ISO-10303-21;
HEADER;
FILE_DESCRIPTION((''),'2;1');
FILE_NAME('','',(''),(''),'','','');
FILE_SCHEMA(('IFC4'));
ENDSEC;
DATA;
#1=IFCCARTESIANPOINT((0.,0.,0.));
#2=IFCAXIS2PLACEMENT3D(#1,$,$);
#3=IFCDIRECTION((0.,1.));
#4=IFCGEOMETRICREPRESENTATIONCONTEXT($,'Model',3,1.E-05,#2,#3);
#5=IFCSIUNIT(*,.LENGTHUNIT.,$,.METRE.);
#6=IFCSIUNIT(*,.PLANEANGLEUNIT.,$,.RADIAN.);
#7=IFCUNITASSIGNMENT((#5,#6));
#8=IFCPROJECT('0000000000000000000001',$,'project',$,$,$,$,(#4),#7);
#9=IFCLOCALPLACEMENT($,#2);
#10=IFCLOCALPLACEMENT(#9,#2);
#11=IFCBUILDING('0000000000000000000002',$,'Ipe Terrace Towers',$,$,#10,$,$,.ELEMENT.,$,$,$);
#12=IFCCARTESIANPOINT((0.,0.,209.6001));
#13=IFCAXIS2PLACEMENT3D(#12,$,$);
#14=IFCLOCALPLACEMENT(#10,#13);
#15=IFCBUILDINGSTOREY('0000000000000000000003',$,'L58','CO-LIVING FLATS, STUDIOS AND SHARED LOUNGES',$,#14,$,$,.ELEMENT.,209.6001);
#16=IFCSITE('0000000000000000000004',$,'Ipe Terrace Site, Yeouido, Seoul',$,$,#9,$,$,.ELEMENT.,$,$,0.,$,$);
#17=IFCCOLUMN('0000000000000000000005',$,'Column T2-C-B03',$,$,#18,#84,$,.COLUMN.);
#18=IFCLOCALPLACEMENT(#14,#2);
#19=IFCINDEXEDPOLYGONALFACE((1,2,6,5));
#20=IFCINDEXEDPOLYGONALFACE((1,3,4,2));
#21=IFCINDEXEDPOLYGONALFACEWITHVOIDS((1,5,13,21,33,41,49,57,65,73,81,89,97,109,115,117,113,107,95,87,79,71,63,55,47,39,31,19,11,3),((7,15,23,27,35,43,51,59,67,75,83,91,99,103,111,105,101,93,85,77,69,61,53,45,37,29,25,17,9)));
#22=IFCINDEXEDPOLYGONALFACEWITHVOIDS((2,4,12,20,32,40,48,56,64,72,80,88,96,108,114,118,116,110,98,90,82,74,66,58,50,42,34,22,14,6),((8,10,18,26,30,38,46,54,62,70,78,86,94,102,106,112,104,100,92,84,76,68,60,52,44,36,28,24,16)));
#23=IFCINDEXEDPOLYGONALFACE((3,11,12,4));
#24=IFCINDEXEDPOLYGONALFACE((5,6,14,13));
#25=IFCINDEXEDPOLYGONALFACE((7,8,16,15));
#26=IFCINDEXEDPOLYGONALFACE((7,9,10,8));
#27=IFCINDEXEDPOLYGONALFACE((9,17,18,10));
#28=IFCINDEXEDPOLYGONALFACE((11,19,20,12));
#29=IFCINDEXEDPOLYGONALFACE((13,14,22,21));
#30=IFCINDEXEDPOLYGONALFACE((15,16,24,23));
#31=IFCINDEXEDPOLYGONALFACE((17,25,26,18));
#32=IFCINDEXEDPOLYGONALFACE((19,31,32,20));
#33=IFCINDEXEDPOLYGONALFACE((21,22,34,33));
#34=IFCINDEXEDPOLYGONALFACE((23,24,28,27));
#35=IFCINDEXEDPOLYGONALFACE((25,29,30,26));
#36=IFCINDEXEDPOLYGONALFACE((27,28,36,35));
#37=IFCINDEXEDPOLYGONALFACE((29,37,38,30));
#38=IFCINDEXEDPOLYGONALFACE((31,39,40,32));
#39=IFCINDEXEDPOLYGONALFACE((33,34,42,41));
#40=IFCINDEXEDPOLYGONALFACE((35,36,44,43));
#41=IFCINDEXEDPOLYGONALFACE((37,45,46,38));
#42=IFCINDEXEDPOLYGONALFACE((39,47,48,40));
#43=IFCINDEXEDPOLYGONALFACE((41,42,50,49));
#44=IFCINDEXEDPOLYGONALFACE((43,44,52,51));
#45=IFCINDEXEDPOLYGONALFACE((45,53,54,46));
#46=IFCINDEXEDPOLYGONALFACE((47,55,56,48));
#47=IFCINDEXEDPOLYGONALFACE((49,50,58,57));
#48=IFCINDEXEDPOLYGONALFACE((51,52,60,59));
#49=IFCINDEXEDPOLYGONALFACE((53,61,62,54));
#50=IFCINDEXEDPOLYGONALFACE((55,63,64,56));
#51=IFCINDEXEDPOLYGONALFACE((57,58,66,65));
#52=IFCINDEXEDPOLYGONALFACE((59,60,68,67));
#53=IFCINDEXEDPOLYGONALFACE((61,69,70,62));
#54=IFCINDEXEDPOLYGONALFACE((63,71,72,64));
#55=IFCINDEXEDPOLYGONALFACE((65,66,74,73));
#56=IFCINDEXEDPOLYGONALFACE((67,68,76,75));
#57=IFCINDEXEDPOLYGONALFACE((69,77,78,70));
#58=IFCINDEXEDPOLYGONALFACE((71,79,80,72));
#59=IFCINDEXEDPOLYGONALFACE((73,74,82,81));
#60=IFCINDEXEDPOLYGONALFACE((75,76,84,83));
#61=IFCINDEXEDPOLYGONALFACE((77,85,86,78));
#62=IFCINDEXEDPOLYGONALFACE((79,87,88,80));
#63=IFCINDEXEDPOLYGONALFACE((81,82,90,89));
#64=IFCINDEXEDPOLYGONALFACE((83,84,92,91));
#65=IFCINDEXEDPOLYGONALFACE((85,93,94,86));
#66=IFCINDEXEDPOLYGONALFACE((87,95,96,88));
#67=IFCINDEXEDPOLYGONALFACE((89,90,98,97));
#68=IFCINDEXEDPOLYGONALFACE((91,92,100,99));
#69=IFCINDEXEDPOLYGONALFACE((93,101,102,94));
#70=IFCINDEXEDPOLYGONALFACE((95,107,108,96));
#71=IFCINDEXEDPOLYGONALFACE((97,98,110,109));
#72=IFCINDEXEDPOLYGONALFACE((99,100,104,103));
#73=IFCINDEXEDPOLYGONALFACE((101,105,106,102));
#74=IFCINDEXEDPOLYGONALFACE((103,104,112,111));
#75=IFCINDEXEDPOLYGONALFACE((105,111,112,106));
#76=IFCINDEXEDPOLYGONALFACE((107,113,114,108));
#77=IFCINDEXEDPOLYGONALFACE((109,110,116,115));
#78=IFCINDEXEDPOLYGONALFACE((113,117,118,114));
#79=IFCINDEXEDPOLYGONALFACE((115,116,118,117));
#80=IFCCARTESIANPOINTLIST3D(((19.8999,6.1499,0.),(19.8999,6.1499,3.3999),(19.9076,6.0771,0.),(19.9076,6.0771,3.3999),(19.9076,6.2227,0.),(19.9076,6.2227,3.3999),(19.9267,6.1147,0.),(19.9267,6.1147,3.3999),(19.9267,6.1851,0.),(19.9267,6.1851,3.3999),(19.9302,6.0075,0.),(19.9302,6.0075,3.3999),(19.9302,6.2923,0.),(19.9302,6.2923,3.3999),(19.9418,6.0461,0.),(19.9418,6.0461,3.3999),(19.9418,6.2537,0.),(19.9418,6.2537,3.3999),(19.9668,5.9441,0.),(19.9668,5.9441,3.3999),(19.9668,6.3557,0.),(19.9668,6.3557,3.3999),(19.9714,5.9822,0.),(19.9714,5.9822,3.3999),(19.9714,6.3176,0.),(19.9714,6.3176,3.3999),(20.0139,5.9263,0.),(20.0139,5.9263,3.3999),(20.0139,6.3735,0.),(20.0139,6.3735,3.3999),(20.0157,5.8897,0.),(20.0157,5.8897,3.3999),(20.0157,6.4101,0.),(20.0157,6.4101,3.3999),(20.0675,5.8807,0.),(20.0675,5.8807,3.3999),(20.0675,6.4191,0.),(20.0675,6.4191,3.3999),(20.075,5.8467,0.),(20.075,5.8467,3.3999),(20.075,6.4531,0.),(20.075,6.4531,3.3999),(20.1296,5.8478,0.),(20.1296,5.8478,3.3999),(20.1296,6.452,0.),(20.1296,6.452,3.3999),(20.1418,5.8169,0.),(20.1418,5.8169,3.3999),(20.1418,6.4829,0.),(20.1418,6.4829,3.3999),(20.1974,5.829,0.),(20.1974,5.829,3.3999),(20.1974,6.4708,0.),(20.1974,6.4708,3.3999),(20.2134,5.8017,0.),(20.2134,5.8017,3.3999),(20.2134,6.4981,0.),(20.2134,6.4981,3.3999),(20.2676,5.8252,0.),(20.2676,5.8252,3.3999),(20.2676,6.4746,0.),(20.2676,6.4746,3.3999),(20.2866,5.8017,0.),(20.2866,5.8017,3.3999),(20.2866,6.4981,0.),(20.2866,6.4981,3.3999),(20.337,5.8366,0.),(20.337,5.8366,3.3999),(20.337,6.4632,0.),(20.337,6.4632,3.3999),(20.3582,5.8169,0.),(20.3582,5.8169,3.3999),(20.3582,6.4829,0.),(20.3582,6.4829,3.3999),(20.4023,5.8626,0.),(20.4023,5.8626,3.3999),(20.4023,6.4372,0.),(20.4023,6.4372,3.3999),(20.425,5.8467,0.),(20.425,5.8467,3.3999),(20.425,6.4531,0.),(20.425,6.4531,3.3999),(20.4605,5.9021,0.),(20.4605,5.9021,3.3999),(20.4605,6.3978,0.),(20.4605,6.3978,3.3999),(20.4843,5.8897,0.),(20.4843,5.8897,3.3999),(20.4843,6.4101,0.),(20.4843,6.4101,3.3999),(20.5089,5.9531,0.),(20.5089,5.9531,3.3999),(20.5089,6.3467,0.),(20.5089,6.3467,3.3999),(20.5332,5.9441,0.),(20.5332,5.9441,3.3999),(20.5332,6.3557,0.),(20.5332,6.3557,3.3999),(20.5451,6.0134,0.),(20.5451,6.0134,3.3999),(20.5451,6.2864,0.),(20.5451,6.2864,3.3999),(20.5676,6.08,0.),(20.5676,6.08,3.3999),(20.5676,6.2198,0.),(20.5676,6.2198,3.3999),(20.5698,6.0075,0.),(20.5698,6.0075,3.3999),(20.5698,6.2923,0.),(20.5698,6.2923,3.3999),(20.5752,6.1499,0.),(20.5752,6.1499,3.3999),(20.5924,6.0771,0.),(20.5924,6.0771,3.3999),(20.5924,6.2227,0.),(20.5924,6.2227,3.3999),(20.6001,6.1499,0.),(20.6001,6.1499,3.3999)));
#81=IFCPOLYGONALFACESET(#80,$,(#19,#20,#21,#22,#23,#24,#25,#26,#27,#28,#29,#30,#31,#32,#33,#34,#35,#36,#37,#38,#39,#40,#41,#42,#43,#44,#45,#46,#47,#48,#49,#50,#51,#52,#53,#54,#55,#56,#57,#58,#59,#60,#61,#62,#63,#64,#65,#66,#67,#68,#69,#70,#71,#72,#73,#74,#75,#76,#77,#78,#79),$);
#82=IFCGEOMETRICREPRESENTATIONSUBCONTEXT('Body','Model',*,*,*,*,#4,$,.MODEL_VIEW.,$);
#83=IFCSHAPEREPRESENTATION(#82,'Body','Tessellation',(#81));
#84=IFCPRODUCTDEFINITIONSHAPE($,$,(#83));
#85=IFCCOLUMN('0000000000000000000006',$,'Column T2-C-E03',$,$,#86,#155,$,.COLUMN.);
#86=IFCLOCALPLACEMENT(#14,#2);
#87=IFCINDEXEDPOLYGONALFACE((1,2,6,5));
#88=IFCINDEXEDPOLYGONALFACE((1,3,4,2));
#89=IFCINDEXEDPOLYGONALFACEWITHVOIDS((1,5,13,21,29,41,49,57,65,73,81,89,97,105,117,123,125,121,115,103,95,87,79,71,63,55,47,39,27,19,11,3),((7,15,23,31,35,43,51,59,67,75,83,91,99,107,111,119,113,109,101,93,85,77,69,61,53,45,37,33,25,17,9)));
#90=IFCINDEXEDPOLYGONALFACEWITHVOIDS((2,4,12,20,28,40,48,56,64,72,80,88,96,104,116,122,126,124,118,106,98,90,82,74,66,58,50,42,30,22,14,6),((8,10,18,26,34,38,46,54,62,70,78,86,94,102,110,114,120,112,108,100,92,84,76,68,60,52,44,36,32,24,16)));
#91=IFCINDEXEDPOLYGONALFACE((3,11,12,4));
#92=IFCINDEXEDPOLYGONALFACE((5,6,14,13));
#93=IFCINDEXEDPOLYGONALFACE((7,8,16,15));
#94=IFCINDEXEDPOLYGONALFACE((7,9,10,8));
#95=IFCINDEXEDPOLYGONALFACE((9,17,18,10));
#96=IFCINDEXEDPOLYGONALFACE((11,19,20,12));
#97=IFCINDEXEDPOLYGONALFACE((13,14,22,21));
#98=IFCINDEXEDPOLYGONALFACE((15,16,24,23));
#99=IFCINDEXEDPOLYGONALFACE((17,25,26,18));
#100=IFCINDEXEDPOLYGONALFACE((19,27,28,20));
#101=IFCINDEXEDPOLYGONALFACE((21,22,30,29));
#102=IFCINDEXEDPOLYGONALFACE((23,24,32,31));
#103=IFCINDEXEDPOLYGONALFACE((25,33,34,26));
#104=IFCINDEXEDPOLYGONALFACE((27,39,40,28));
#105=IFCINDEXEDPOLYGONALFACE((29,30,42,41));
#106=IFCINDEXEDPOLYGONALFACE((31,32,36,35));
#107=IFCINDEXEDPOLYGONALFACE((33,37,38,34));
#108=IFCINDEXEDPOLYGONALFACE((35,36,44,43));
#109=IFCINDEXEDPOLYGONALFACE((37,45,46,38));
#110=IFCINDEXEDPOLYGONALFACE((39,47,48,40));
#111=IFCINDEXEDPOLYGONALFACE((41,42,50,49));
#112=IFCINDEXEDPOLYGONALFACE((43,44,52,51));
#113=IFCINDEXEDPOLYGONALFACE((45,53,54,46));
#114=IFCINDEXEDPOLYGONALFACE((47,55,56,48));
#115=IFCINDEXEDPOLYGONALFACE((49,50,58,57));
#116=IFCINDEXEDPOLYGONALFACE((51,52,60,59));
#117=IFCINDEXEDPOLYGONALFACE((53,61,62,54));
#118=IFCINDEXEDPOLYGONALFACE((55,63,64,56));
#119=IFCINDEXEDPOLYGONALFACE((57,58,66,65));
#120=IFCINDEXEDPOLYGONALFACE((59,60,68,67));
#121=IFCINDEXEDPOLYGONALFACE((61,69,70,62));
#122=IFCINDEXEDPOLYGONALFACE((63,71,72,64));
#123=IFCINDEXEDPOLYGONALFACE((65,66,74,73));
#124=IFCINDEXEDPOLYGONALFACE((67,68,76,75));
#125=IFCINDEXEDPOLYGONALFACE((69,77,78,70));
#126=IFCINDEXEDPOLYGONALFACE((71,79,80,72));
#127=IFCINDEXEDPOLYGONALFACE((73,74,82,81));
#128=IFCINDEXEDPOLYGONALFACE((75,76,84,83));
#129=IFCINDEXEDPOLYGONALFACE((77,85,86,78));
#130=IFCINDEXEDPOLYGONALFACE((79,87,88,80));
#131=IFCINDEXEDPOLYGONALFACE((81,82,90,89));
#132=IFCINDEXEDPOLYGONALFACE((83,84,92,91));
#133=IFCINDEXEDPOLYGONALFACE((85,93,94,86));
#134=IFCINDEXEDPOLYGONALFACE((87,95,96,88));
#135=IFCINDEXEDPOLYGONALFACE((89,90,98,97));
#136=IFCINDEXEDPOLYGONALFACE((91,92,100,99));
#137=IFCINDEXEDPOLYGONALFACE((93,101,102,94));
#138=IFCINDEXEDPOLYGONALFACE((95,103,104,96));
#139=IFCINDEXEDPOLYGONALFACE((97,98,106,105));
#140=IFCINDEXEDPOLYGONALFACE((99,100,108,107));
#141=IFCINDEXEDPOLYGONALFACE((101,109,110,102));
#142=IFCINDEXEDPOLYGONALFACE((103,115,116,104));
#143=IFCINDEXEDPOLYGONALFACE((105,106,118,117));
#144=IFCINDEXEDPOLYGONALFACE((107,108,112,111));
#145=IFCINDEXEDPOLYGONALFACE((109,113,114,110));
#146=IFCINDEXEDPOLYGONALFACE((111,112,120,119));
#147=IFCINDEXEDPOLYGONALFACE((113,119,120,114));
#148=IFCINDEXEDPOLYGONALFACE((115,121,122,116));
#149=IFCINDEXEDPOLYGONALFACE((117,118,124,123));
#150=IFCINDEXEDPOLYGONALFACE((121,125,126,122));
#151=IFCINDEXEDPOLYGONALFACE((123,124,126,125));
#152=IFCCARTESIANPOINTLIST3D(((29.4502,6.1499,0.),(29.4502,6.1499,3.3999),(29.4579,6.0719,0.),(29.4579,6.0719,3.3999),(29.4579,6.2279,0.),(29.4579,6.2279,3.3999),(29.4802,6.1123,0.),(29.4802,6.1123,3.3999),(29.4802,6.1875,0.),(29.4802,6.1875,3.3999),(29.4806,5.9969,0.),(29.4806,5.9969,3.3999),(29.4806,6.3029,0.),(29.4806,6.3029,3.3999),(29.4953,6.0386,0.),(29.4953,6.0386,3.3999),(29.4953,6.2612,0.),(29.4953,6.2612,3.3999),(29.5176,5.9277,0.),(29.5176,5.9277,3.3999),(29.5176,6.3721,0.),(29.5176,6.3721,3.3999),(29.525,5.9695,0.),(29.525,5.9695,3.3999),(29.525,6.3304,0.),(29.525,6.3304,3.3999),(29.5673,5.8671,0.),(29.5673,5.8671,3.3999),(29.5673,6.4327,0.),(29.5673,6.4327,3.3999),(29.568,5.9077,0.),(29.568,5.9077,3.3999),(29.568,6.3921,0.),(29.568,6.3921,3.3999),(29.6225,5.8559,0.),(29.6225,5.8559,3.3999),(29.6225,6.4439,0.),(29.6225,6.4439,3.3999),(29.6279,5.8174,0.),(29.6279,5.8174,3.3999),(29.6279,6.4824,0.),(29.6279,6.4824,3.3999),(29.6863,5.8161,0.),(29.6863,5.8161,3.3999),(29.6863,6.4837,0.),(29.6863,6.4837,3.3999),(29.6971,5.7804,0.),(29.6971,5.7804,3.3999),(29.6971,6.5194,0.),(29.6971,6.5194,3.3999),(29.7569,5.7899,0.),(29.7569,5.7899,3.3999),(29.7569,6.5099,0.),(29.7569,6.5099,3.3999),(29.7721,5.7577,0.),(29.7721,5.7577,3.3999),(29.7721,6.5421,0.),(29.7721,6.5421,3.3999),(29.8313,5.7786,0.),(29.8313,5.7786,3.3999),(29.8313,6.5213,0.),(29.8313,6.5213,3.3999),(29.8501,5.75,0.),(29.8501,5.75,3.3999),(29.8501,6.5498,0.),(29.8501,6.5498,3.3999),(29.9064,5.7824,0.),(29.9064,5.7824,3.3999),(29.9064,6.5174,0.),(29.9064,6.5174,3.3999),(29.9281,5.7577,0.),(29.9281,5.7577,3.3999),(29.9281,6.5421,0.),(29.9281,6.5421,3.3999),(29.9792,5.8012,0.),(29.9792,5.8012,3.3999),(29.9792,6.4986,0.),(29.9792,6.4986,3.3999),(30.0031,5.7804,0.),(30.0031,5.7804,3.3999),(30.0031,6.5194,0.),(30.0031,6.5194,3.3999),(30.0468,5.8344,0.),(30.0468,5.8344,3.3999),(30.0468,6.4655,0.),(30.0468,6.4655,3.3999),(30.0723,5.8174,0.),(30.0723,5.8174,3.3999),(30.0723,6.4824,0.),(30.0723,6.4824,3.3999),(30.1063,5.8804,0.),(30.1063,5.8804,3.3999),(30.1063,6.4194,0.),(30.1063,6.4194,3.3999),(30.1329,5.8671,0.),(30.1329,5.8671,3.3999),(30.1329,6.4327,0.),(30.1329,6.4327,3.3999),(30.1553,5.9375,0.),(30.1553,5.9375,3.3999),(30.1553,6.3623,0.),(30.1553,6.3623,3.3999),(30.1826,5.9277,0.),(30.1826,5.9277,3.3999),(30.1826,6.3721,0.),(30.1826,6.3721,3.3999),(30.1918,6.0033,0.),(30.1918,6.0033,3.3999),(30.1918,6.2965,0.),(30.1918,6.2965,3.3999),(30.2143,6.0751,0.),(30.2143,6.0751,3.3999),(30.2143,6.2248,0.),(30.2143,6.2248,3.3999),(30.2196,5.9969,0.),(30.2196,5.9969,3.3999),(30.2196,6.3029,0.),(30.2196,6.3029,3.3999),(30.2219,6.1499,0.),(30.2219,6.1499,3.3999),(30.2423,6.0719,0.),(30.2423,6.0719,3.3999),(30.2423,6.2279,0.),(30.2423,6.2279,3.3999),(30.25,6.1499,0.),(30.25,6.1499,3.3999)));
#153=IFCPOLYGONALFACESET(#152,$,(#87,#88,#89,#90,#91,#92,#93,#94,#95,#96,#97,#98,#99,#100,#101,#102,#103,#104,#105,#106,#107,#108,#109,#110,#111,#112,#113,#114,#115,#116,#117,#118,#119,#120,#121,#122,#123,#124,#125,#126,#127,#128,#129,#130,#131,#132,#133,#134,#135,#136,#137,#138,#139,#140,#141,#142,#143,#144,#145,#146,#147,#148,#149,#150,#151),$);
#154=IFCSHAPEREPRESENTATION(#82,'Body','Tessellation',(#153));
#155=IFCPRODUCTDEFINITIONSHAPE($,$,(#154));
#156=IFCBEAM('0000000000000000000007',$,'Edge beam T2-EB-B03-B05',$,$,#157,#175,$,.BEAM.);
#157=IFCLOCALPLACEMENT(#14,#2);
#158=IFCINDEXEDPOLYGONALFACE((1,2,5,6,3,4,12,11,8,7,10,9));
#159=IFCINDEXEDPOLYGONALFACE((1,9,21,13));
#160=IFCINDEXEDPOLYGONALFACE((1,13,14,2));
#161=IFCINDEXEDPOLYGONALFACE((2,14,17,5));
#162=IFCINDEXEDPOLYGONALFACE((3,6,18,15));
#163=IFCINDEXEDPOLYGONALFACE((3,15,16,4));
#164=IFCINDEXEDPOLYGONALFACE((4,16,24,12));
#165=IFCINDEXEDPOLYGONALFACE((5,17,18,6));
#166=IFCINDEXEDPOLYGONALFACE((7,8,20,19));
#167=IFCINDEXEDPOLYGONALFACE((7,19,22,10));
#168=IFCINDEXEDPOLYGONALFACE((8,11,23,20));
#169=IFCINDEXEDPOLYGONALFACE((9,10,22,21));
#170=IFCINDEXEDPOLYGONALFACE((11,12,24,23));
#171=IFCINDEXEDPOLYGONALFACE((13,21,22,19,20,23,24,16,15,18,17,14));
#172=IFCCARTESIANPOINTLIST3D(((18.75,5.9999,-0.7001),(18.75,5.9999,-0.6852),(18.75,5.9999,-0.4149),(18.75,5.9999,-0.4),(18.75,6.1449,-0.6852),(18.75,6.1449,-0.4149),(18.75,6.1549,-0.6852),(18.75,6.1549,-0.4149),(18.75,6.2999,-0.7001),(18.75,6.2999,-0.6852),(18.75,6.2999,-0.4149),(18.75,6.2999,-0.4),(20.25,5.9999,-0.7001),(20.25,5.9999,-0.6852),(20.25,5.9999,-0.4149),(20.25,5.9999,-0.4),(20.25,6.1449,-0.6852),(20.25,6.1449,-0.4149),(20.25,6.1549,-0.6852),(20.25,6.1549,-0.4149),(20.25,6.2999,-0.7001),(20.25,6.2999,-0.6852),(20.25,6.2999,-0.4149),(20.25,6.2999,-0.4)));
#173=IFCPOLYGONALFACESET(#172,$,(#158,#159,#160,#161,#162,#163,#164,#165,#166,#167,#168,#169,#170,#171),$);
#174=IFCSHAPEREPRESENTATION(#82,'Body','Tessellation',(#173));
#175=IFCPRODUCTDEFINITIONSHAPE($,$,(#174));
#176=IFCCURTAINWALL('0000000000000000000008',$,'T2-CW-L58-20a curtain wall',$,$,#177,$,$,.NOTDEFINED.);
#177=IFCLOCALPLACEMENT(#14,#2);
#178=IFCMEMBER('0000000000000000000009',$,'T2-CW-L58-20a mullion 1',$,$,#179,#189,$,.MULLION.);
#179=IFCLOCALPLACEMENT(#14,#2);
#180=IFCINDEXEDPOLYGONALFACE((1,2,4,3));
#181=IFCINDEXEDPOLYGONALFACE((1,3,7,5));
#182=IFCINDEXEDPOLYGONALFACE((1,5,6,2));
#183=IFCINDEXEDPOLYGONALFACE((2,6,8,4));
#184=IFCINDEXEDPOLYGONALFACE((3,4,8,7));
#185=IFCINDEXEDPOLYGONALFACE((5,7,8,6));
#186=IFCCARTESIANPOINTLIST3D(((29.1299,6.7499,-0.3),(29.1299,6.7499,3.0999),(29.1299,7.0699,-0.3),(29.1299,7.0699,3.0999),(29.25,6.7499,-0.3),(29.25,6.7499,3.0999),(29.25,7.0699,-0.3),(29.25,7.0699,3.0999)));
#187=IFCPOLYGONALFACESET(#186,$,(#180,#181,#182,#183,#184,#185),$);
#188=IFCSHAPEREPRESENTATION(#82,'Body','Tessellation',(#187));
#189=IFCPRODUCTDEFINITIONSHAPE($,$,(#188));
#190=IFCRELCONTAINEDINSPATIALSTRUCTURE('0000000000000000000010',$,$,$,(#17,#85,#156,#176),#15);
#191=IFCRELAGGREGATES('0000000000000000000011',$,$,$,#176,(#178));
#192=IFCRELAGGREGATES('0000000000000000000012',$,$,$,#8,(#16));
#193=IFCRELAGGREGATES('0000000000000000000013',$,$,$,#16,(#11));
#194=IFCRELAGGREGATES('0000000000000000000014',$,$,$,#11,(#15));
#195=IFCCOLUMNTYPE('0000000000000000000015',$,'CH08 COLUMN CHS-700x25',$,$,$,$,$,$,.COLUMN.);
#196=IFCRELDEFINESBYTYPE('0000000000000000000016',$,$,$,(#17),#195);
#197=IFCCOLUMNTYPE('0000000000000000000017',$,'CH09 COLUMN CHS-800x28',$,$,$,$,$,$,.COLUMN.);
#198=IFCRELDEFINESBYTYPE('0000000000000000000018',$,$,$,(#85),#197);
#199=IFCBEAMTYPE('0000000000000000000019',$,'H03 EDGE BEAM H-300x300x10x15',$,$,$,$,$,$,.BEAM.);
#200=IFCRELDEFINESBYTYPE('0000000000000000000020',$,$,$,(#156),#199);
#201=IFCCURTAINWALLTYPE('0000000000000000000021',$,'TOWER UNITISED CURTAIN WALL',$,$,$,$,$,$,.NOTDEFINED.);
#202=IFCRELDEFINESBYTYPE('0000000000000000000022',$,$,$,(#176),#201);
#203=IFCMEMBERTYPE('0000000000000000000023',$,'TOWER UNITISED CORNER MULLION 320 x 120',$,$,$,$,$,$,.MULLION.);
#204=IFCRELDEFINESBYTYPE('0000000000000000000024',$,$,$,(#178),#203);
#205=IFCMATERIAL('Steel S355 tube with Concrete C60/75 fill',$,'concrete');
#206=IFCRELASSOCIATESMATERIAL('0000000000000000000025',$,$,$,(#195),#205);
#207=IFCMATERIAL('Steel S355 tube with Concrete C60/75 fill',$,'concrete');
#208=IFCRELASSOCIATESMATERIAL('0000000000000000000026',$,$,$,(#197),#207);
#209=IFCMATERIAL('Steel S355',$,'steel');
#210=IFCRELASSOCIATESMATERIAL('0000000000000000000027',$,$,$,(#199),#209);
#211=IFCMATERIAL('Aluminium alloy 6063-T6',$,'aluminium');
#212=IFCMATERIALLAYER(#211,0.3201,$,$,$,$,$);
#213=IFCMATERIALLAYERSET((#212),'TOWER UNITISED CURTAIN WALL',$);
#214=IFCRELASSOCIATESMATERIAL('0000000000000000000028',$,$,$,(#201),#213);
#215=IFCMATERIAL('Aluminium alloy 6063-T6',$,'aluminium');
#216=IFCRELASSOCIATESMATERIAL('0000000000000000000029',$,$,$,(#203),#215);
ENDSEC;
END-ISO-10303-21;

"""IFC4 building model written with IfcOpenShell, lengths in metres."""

from ifc_helpers import new_model, si_unit, direction, frame, origin, origin_2d, place, context, subcontext, project, spatial, rectangle, hollow_circle, i_section, extrude, material, layer, layer_set, material_profile, profile_set, type_object, element, aggregate, save


model = new_model("IFC4")

# Units and contexts
model_context = context("Model", 3, precision=1e-05, world=origin(), true_north=direction((0.0, 1.0)))
body_context = subcontext(model_context, "Body", "Model", "MODEL_VIEW")
ifc_project = project(units=[si_unit("LENGTHUNIT", "METRE"), si_unit("PLANEANGLEUNIT", "RADIAN")], contexts=[model_context])

# Site, building, storey
site_placement = place(None, origin())
site = spatial("IfcSite", under=ifc_project, at=site_placement, Name="Ipe Terrace Site, Yeouido, Seoul", CompositionType="ELEMENT", RefElevation=0.0)
building_placement = place(site_placement, origin())
building = spatial("IfcBuilding", under=site, at=building_placement, Name="Ipe Terrace Towers", CompositionType="ELEMENT")
storey_placement = place(building_placement, frame((0.0, 0.0, 209.6001)))
storey = spatial("IfcBuildingStorey", under=building, at=storey_placement, Name="L58", Description="CO-LIVING FLATS, STUDIOS AND SHARED LOUNGES", CompositionType="ELEMENT", Elevation=209.6001)

# Columns
ifc_material_1 = material(Name="Steel S355 tube with Concrete C60/75 fill", Category="concrete")
ifc_material_profile_1 = material_profile(ifc_material_1, hollow_circle(Radius=0.3501, WallThickness=0.0249, at=origin_2d()), Name="CHS-700x25")
ifc_profile_set_1 = profile_set([ifc_material_profile_1], Name="Steel S355 tube with Concrete C60/75 fill")
column_type_1 = type_object("IfcColumnType", Name="CH08 COLUMN CHS-700x25", PredefinedType="COLUMN", material=ifc_profile_set_1)
column_1_placement = place(storey_placement, frame((20.25, 6.1499, 0.0), z_axis=(0.0, 0.0, 1.0), x_axis=(1.0, 0.0, 0.0)))
element("IfcColumn", 1, at=column_1_placement, inside=storey, type_object=column_type_1, Name="Column T2-C-B03", PredefinedType="COLUMN", context=body_context, shape_type="SweptSolid", body=[
    extrude(hollow_circle(Radius=0.3501, WallThickness=0.0249, at=origin_2d()), origin(), (0.0, 0.0, 1.0), 3.3999),
])
ifc_material_2 = material(Name="Steel S355 tube with Concrete C60/75 fill", Category="concrete")
ifc_material_profile_2 = material_profile(ifc_material_2, hollow_circle(Radius=0.3999, WallThickness=0.0281, at=origin_2d()), Name="CHS-800x28")
ifc_profile_set_2 = profile_set([ifc_material_profile_2], Name="Steel S355 tube with Concrete C60/75 fill")
column_type_2 = type_object("IfcColumnType", Name="CH09 COLUMN CHS-800x28", PredefinedType="COLUMN", material=ifc_profile_set_2)
column_2_placement = place(storey_placement, frame((29.8501, 6.1499, 0.0), z_axis=(0.0, 0.0, 1.0), x_axis=(1.0, 0.0, 0.0)))
element("IfcColumn", 2, at=column_2_placement, inside=storey, type_object=column_type_2, Name="Column T2-C-E03", PredefinedType="COLUMN", context=body_context, shape_type="SweptSolid", body=[
    extrude(hollow_circle(Radius=0.3999, WallThickness=0.0281, at=origin_2d()), origin(), (0.0, 0.0, 1.0), 3.3999),
])

# Beam
ifc_material_3 = material(Name="Steel S355", Category="steel")
ifc_material_profile_3 = material_profile(ifc_material_3, i_section(OverallWidth=0.3, OverallDepth=0.3, WebThickness=0.01, FlangeThickness=0.0149, at=origin_2d()), Name="H-300x300x10x15")
ifc_profile_set_3 = profile_set([ifc_material_profile_3], Name="Steel S355")
beam_type = type_object("IfcBeamType", Name="H03 EDGE BEAM H-300x300x10x15", PredefinedType="BEAM", material=ifc_profile_set_3)
beam_placement = place(storey_placement, frame((20.25, 6.1499, -0.55), z_axis=(-1.0, 0.0, 0.0), x_axis=(0.0, -1.0, 0.0)))
element("IfcBeam", 3, at=beam_placement, inside=storey, type_object=beam_type, Name="Edge beam T2-EB-B03-B05", PredefinedType="BEAM", context=body_context, shape_type="SweptSolid", body=[
    extrude(i_section(OverallWidth=0.3, OverallDepth=0.3, WebThickness=0.01, FlangeThickness=0.0149, at=origin_2d()), origin(), (0.0, 0.0, 1.0), 1.5),
])

# Curtain wall, member
ifc_material_4 = material(Name="Aluminium alloy 6063-T6", Category="aluminium")
ifc_layer_1 = layer(ifc_material_4, 0.3201)
ifc_layer_set_1 = layer_set([ifc_layer_1], Name="TOWER UNITISED CURTAIN WALL")
curtain_wall_type = type_object("IfcCurtainWallType", Name="TOWER UNITISED CURTAIN WALL", PredefinedType="NOTDEFINED", material=ifc_layer_set_1)
curtain_wall_1_placement = place(storey_placement, origin())
curtain_wall_1 = element("IfcCurtainWall", 4, at=curtain_wall_1_placement, inside=storey, type_object=curtain_wall_type, Name="T2-CW-L58-20a curtain wall", PredefinedType="NOTDEFINED")
ifc_material_5 = material(Name="Aluminium alloy 6063-T6", Category="aluminium")
ifc_material_profile_4 = material_profile(ifc_material_5, rectangle(XDim=0.3201, YDim=0.1201, at=origin_2d()), Name="TOWER UNITISED CORNER MULLION 320 x 120")
ifc_profile_set_4 = profile_set([ifc_material_profile_4], Name="Aluminium alloy 6063-T6")
member_type = type_object("IfcMemberType", Name="TOWER UNITISED CORNER MULLION 320 x 120", PredefinedType="MULLION", material=ifc_profile_set_4)
member_1_placement = place(storey_placement, frame((29.1899, 6.9099, -0.3), z_axis=(0.0, 0.0, 1.0), x_axis=(0.0, 1.0, 0.0)))
member_1 = element("IfcMember", 5, at=member_1_placement, type_object=member_type, Name="T2-CW-L58-20a mullion 1", PredefinedType="MULLION", context=body_context, shape_type="SweptSolid", body=[
    extrude(rectangle(XDim=0.3201, YDim=0.1201, at=origin_2d()), origin(), (0.0, 0.0, 1.0), 3.3999),
])

aggregate(curtain_wall_1, [member_1])

save(model, "model.ifc")
